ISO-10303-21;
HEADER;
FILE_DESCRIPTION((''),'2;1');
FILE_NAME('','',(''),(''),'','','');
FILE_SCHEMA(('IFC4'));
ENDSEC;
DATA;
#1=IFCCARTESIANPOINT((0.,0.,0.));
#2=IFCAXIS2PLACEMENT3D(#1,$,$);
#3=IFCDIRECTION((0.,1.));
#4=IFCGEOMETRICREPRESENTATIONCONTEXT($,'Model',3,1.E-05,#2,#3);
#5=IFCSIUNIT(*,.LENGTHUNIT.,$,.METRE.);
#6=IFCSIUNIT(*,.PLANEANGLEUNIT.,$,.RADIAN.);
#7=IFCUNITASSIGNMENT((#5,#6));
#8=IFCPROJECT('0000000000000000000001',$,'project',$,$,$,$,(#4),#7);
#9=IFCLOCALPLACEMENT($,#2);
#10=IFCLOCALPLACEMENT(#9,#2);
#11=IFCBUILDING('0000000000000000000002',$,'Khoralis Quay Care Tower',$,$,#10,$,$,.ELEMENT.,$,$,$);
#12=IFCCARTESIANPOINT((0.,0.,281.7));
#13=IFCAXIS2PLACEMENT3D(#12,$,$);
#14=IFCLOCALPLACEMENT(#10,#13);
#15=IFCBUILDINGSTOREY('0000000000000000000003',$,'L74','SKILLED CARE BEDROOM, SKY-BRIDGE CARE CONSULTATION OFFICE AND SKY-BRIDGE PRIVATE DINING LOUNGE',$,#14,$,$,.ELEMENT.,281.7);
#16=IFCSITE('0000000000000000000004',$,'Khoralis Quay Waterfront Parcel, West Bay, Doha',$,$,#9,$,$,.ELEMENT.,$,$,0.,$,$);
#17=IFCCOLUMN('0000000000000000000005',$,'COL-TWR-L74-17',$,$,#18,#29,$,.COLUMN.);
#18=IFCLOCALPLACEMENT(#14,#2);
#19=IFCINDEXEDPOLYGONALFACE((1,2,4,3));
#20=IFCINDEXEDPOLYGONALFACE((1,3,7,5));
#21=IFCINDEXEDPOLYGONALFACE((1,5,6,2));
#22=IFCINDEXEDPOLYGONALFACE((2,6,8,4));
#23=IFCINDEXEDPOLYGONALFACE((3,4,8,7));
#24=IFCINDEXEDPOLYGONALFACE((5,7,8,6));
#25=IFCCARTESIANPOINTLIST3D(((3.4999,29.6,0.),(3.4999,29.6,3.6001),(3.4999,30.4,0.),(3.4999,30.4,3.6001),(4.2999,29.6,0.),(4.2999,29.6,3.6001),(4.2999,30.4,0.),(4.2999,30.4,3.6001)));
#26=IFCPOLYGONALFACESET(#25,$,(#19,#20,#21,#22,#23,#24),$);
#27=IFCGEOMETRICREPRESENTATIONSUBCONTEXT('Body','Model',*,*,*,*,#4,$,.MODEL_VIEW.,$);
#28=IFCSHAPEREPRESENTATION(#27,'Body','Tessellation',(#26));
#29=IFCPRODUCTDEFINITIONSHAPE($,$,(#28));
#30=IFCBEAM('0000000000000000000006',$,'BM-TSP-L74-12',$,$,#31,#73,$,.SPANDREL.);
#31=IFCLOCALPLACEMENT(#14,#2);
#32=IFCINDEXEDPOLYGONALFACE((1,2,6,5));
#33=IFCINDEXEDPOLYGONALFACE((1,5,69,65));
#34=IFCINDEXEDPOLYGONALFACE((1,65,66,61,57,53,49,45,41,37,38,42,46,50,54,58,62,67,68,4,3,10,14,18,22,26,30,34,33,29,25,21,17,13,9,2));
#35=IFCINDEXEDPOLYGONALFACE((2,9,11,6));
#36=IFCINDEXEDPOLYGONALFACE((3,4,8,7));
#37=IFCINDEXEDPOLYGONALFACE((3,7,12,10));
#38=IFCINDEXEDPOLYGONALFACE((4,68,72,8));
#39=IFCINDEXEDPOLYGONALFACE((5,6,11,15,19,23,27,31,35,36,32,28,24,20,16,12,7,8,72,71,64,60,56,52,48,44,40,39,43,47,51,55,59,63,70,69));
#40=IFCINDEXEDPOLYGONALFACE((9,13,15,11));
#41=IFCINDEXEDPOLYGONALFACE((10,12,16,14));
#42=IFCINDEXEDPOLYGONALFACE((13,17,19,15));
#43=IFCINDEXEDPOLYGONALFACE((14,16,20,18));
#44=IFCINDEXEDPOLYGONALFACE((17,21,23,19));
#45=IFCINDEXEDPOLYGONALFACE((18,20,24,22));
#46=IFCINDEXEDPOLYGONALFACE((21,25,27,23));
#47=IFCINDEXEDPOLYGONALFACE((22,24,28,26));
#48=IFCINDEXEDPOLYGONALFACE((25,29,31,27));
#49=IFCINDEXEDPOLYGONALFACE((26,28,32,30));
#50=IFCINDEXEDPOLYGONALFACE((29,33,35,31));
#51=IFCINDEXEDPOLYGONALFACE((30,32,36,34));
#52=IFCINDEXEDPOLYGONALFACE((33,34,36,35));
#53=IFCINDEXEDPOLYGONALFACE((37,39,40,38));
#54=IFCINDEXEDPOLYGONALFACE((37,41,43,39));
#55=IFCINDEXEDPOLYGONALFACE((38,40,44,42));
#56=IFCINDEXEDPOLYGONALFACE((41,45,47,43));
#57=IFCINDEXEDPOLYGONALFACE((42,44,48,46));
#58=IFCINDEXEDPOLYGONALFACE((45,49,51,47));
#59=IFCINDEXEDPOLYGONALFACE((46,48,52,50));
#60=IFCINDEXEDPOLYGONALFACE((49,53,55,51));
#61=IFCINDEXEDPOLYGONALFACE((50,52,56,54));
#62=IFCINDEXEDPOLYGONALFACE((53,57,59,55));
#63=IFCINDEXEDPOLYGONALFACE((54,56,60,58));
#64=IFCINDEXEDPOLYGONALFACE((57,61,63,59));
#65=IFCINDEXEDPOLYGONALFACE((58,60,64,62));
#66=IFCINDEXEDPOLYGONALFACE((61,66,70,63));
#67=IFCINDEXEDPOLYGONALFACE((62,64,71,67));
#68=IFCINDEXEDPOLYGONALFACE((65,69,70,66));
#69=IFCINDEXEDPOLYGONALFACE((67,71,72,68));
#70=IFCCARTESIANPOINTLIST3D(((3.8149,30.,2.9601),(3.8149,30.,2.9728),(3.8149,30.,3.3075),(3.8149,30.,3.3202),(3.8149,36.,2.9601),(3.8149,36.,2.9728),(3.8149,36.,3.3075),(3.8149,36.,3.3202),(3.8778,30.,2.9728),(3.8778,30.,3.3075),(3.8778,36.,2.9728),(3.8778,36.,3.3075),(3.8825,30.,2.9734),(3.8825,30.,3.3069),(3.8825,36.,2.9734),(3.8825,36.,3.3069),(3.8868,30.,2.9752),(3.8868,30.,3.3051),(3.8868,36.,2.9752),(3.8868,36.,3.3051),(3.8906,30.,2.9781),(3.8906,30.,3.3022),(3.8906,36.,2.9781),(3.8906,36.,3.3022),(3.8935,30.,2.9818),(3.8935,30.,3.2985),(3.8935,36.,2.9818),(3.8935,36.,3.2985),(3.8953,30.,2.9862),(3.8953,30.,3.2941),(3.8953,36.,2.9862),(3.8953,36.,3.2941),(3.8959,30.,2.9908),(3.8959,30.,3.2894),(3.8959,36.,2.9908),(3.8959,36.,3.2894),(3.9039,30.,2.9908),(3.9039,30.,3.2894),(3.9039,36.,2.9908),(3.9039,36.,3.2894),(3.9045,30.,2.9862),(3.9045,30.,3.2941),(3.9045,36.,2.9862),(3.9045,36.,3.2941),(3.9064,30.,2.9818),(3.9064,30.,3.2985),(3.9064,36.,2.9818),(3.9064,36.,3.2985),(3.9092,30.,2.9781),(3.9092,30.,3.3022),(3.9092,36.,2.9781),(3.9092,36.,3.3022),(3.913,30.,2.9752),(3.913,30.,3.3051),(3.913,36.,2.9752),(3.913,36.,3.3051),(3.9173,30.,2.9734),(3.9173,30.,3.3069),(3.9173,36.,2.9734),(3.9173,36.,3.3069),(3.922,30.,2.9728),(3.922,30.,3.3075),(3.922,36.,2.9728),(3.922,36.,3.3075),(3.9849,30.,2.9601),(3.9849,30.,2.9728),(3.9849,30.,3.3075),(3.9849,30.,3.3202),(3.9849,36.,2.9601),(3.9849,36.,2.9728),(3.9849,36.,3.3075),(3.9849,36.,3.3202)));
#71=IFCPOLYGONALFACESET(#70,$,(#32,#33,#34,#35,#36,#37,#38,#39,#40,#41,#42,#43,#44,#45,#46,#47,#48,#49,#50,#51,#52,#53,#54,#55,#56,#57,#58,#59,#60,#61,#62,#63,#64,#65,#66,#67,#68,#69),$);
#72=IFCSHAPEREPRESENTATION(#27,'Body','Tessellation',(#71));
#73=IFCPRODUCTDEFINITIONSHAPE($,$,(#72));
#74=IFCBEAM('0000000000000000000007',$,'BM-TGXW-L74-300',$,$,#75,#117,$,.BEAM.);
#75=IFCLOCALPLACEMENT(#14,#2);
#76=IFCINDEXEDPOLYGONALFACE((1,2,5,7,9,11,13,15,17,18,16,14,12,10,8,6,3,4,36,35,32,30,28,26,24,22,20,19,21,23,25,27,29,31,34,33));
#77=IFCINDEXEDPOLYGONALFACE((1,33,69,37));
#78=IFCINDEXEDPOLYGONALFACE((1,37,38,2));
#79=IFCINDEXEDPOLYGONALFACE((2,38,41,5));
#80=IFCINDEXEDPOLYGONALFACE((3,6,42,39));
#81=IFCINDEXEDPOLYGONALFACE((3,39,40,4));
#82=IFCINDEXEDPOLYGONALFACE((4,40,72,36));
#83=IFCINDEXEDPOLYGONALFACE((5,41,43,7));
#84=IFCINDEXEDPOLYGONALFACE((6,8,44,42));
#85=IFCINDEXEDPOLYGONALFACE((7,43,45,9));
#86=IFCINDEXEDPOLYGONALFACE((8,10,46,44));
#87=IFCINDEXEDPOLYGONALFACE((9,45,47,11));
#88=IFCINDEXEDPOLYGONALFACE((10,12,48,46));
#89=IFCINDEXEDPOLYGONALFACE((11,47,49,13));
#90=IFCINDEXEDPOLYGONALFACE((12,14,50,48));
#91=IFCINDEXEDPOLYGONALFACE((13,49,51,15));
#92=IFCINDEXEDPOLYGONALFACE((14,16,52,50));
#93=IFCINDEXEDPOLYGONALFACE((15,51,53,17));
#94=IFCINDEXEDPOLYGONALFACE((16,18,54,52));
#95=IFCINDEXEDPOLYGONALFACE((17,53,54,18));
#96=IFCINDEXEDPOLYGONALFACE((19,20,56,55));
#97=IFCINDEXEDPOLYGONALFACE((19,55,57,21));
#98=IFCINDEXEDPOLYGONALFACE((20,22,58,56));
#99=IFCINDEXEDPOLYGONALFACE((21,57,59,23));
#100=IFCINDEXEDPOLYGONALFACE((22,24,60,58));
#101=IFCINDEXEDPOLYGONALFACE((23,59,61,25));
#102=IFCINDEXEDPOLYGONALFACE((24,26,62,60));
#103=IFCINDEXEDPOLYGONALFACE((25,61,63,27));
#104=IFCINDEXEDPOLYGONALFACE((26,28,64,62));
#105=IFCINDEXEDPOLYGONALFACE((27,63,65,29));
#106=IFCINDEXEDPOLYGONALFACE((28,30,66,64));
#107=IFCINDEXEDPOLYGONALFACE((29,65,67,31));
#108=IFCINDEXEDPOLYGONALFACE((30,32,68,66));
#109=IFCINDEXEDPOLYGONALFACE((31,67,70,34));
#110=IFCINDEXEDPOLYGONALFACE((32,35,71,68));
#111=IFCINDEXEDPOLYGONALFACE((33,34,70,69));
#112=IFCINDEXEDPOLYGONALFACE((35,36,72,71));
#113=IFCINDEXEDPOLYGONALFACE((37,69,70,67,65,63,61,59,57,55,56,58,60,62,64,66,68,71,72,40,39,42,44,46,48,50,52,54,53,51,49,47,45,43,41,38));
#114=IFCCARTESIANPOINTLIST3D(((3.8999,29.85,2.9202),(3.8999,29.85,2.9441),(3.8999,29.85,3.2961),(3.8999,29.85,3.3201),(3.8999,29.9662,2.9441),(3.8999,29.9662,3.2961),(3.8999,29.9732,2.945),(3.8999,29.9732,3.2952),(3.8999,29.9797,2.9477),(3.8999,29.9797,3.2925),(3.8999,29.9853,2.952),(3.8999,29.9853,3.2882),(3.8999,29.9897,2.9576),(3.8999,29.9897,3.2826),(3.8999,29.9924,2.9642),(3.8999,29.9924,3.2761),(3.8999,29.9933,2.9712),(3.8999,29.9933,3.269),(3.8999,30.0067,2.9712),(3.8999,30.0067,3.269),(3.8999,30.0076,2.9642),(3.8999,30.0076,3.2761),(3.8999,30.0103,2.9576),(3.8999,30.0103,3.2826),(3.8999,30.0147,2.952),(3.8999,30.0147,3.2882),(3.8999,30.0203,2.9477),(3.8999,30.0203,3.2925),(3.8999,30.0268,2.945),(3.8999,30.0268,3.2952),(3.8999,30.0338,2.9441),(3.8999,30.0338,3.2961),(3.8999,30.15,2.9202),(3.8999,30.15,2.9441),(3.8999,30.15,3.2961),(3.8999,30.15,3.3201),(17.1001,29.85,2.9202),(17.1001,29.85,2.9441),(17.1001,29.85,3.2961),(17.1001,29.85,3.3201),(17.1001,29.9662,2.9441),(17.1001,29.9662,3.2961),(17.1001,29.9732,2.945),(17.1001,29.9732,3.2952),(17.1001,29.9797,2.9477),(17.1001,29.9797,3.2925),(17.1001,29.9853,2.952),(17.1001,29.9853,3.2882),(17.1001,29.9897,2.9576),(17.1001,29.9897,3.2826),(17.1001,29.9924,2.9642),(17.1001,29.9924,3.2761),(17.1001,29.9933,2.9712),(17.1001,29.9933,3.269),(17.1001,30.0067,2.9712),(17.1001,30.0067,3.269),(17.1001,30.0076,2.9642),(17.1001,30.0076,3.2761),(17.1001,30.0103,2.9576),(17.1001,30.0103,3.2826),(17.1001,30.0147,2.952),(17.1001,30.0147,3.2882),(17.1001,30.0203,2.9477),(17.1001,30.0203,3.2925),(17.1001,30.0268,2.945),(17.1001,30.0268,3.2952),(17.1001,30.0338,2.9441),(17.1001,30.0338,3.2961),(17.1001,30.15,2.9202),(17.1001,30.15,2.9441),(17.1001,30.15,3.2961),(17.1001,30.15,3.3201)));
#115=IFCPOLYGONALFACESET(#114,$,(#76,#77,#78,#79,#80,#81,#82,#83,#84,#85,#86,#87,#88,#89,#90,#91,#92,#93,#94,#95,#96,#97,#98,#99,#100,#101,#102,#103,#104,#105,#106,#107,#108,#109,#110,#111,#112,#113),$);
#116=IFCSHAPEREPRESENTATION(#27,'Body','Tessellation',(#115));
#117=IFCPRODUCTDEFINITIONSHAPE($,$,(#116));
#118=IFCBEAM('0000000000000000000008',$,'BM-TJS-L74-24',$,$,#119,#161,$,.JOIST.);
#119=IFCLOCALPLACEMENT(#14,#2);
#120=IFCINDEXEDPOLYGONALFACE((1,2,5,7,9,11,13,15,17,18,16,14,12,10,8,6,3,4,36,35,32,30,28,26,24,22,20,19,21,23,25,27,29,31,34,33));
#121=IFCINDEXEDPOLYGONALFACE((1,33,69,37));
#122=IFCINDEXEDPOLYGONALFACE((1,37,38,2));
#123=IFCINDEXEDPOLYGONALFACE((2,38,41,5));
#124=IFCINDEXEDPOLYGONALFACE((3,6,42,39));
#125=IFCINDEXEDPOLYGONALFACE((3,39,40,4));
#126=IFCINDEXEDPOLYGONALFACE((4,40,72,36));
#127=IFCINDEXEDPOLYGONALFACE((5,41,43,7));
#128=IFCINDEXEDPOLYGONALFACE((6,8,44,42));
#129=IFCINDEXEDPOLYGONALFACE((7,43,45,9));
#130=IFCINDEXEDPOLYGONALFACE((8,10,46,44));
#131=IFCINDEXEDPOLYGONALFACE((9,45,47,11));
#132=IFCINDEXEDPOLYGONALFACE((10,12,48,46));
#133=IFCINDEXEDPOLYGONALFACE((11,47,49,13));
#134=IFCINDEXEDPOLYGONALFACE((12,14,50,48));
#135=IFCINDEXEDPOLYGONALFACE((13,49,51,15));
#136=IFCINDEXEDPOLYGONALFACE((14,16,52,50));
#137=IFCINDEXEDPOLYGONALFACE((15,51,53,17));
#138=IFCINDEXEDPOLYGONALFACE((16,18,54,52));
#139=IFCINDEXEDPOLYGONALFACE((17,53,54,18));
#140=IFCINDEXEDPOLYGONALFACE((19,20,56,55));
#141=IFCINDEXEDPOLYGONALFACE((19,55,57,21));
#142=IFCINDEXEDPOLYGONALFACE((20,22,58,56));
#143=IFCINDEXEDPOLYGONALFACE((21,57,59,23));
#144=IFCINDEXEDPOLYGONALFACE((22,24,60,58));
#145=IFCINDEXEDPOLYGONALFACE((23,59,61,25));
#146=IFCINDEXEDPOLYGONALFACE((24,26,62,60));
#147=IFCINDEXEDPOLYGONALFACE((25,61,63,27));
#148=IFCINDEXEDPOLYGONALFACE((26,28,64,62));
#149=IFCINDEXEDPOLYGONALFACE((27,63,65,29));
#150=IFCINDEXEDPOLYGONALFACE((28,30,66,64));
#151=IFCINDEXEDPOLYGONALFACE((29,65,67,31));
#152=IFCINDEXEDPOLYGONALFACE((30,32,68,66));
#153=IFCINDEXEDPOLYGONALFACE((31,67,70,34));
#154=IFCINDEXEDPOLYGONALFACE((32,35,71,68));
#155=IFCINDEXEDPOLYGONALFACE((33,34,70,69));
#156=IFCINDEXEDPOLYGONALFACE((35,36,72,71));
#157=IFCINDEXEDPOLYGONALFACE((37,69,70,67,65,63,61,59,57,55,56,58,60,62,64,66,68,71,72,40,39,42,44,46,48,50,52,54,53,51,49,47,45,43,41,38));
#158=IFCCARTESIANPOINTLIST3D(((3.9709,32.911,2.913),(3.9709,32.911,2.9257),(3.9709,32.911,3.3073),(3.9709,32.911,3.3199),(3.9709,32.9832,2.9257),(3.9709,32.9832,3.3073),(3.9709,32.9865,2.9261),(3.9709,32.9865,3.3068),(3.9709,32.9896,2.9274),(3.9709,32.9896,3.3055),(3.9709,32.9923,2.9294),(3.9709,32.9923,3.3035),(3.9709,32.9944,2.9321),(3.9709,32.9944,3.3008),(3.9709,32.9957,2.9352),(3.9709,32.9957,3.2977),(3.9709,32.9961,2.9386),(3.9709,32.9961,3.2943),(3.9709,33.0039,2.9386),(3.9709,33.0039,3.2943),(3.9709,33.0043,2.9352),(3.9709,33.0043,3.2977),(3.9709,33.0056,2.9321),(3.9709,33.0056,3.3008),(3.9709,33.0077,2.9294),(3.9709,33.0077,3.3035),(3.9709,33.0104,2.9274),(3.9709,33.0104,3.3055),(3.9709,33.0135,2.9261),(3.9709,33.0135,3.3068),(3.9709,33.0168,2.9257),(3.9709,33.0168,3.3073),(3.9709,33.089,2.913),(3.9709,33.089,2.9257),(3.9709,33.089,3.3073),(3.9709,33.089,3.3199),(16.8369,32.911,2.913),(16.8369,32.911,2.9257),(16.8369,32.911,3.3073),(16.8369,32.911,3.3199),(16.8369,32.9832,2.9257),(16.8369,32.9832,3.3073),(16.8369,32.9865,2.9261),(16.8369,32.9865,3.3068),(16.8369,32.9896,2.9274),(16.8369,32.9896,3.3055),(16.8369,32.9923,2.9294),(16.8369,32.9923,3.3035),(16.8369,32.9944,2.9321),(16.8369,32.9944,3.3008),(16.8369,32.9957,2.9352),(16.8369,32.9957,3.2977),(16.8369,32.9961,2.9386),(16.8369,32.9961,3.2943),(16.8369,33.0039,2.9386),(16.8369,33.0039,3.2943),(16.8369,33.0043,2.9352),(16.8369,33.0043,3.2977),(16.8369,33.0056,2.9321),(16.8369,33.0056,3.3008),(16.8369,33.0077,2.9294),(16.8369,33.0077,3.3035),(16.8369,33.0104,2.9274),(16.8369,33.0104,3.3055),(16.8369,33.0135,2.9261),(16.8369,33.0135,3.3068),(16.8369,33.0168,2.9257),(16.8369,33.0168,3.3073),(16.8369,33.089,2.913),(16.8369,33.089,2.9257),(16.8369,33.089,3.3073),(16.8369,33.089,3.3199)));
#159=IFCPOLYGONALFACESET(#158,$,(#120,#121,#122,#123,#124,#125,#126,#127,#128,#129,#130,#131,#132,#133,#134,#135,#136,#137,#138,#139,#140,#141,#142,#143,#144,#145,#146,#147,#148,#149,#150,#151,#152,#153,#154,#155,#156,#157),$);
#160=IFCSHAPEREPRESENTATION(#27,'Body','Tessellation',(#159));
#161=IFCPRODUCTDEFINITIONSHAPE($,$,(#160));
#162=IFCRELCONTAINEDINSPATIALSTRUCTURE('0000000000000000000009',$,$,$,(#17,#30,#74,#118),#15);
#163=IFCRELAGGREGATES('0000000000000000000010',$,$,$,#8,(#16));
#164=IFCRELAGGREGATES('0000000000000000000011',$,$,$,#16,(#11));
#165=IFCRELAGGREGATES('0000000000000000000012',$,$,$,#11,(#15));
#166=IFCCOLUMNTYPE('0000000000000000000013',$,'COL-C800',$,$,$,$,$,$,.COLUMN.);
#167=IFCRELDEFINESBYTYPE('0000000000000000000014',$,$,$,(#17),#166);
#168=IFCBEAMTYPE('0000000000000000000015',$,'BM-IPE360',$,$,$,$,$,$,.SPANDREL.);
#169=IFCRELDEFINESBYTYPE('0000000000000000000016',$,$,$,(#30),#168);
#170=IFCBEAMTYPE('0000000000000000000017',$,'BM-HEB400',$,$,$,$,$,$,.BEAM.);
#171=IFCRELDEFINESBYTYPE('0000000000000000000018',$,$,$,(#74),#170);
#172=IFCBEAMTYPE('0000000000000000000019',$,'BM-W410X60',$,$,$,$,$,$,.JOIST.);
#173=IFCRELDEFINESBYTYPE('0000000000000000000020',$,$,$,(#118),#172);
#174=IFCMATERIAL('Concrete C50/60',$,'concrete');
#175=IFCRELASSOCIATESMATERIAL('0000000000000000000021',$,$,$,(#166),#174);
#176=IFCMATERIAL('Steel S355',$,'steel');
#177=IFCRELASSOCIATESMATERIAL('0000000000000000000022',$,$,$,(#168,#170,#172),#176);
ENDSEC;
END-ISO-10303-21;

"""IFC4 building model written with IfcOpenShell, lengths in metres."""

from ifc_helpers import new_model, si_unit, direction, frame, origin, origin_2d, place, context, subcontext, project, spatial, rectangle, i_section, extrude, source, transform, mapped, material, material_profile, profile_set, type_object, element, save


model = new_model("IFC4")

# Units and contexts
model_context = context("Model", 3, precision=1e-05, world=origin(), true_north=direction((0.0, 1.0)))
body_context = subcontext(model_context, "Body", "Model", "MODEL_VIEW")
ifc_project = project(units=[si_unit("LENGTHUNIT", "METRE"), si_unit("PLANEANGLEUNIT", "RADIAN")], contexts=[model_context])

# Site, building, storey
site_placement = place(None, origin())
site = spatial("IfcSite", under=ifc_project, at=site_placement, Name="Khoralis Quay Waterfront Parcel, West Bay, Doha", CompositionType="ELEMENT", RefElevation=0.0)
building_placement = place(site_placement, origin())
building = spatial("IfcBuilding", under=site, at=building_placement, Name="Khoralis Quay Care Tower", CompositionType="ELEMENT")
storey_placement = place(building_placement, frame((0.0, 0.0, 281.7)))
storey = spatial("IfcBuildingStorey", under=building, at=storey_placement, Name="L74", Description="SKILLED CARE BEDROOM, SKY-BRIDGE CARE CONSULTATION OFFICE AND SKY-BRIDGE PRIVATE DINING LOUNGE", CompositionType="ELEMENT", Elevation=281.7)

# Column
ifc_material_1 = material(Name="Concrete C50/60", Category="concrete")
ifc_material_profile_1 = material_profile(ifc_material_1, rectangle(XDim=0.8, YDim=0.8, at=origin_2d()), Name="Concrete C50/60")
ifc_profile_set_1 = profile_set([ifc_material_profile_1], Name="Concrete C50/60")
column_type = type_object("IfcColumnType", Name="COL-C800", PredefinedType="COLUMN", material=ifc_profile_set_1)
shared_shape_1 = source(origin(), body_context, "Body", "SweptSolid", [
    extrude(rectangle(XDim=0.8, YDim=0.8, at=origin_2d()), origin(), (0.0, 0.0, 1.0), 3.6001),
])
column_placement = place(storey_placement, frame((3.8999, 30.0, 0.0), z_axis=(0.0, 0.0, 1.0), x_axis=(1.0, 0.0, 0.0)))
element("IfcColumn", 1, at=column_placement, inside=storey, type_object=column_type, Name="COL-TWR-L74-17", PredefinedType="COLUMN", context=body_context, shape_type="MappedRepresentation", body=[
    mapped(shared_shape_1, transform((0.0, 0.0, 0.0), scale=1.0)),
])

# Beams
ifc_material_2 = material(Name="Steel S355", Category="steel")
ifc_material_profile_2 = material_profile(ifc_material_2, i_section(OverallWidth=0.1699, OverallDepth=0.3601, WebThickness=0.0081, FlangeThickness=0.0127, FilletRadius=0.0181, at=origin_2d()), Name="Steel S355")
ifc_profile_set_2 = profile_set([ifc_material_profile_2], Name="Steel S355")
beam_type_1 = type_object("IfcBeamType", Name="BM-IPE360", PredefinedType="SPANDREL", material=ifc_profile_set_2)
shared_shape_2 = source(origin(), body_context, "Body", "SweptSolid", [
    extrude(i_section(OverallWidth=0.1699, OverallDepth=0.3601, WebThickness=0.0081, FlangeThickness=0.0127, FilletRadius=0.0181, at=origin_2d()), origin(), (0.0, 0.0, 1.0), 6.0),
])
beam_1_placement = place(storey_placement, frame((3.8999, 30.0, 3.1401), z_axis=(0.0, 1.0, 0.0), x_axis=(-1.0, 0.0, 0.0)))
element("IfcBeam", 2, at=beam_1_placement, inside=storey, type_object=beam_type_1, Name="BM-TSP-L74-12", PredefinedType="SPANDREL", context=body_context, shape_type="MappedRepresentation", body=[
    mapped(shared_shape_2, transform((0.0, 0.0, 0.0), scale=1.0)),
])
ifc_material_profile_3 = material_profile(ifc_material_2, i_section(OverallWidth=0.3, OverallDepth=0.3999, WebThickness=0.0134, FlangeThickness=0.0239, FilletRadius=0.0271, at=origin_2d()), Name="Steel S355")
ifc_profile_set_3 = profile_set([ifc_material_profile_3], Name="Steel S355")
beam_type_2 = type_object("IfcBeamType", Name="BM-HEB400", PredefinedType="BEAM", material=ifc_profile_set_3)
shared_shape_3 = source(origin(), body_context, "Body", "SweptSolid", [
    extrude(i_section(OverallWidth=0.3, OverallDepth=0.3999, WebThickness=0.0134, FlangeThickness=0.0239, FilletRadius=0.0271, at=origin_2d()), origin(), (0.0, 0.0, 1.0), 13.2002),
])
beam_2_placement = place(storey_placement, frame((3.8999, 30.0, 3.1201), z_axis=(1.0, 0.0, 0.0), x_axis=(0.0, 1.0, 0.0)))
element("IfcBeam", 3, at=beam_2_placement, inside=storey, type_object=beam_type_2, Name="BM-TGXW-L74-300", PredefinedType="BEAM", context=body_context, shape_type="MappedRepresentation", body=[
    mapped(shared_shape_3, transform((0.0, 0.0, 0.0), scale=1.0)),
])
ifc_material_profile_4 = material_profile(ifc_material_2, i_section(OverallWidth=0.178, OverallDepth=0.407, WebThickness=0.0078, FlangeThickness=0.0127, FilletRadius=0.0129, at=origin_2d()), Name="Steel S355")
ifc_profile_set_4 = profile_set([ifc_material_profile_4], Name="Steel S355")
beam_type_3 = type_object("IfcBeamType", Name="BM-W410X60", PredefinedType="JOIST", material=ifc_profile_set_4)
shared_shape_4 = source(origin(), body_context, "Body", "SweptSolid", [
    extrude(i_section(OverallWidth=0.178, OverallDepth=0.407, WebThickness=0.0078, FlangeThickness=0.0127, FilletRadius=0.0129, at=origin_2d()), origin(), (0.0, 0.0, 1.0), 12.866),
])
beam_3_placement = place(storey_placement, frame((3.9709, 33.0, 3.1165), z_axis=(1.0, 0.0, 0.0), x_axis=(0.0, 1.0, 0.0)))
element("IfcBeam", 4, at=beam_3_placement, inside=storey, type_object=beam_type_3, Name="BM-TJS-L74-24", PredefinedType="JOIST", context=body_context, shape_type="MappedRepresentation", body=[
    mapped(shared_shape_4, transform((0.0, 0.0, 0.0), scale=1.0)),
])

save(model, "model.ifc")
